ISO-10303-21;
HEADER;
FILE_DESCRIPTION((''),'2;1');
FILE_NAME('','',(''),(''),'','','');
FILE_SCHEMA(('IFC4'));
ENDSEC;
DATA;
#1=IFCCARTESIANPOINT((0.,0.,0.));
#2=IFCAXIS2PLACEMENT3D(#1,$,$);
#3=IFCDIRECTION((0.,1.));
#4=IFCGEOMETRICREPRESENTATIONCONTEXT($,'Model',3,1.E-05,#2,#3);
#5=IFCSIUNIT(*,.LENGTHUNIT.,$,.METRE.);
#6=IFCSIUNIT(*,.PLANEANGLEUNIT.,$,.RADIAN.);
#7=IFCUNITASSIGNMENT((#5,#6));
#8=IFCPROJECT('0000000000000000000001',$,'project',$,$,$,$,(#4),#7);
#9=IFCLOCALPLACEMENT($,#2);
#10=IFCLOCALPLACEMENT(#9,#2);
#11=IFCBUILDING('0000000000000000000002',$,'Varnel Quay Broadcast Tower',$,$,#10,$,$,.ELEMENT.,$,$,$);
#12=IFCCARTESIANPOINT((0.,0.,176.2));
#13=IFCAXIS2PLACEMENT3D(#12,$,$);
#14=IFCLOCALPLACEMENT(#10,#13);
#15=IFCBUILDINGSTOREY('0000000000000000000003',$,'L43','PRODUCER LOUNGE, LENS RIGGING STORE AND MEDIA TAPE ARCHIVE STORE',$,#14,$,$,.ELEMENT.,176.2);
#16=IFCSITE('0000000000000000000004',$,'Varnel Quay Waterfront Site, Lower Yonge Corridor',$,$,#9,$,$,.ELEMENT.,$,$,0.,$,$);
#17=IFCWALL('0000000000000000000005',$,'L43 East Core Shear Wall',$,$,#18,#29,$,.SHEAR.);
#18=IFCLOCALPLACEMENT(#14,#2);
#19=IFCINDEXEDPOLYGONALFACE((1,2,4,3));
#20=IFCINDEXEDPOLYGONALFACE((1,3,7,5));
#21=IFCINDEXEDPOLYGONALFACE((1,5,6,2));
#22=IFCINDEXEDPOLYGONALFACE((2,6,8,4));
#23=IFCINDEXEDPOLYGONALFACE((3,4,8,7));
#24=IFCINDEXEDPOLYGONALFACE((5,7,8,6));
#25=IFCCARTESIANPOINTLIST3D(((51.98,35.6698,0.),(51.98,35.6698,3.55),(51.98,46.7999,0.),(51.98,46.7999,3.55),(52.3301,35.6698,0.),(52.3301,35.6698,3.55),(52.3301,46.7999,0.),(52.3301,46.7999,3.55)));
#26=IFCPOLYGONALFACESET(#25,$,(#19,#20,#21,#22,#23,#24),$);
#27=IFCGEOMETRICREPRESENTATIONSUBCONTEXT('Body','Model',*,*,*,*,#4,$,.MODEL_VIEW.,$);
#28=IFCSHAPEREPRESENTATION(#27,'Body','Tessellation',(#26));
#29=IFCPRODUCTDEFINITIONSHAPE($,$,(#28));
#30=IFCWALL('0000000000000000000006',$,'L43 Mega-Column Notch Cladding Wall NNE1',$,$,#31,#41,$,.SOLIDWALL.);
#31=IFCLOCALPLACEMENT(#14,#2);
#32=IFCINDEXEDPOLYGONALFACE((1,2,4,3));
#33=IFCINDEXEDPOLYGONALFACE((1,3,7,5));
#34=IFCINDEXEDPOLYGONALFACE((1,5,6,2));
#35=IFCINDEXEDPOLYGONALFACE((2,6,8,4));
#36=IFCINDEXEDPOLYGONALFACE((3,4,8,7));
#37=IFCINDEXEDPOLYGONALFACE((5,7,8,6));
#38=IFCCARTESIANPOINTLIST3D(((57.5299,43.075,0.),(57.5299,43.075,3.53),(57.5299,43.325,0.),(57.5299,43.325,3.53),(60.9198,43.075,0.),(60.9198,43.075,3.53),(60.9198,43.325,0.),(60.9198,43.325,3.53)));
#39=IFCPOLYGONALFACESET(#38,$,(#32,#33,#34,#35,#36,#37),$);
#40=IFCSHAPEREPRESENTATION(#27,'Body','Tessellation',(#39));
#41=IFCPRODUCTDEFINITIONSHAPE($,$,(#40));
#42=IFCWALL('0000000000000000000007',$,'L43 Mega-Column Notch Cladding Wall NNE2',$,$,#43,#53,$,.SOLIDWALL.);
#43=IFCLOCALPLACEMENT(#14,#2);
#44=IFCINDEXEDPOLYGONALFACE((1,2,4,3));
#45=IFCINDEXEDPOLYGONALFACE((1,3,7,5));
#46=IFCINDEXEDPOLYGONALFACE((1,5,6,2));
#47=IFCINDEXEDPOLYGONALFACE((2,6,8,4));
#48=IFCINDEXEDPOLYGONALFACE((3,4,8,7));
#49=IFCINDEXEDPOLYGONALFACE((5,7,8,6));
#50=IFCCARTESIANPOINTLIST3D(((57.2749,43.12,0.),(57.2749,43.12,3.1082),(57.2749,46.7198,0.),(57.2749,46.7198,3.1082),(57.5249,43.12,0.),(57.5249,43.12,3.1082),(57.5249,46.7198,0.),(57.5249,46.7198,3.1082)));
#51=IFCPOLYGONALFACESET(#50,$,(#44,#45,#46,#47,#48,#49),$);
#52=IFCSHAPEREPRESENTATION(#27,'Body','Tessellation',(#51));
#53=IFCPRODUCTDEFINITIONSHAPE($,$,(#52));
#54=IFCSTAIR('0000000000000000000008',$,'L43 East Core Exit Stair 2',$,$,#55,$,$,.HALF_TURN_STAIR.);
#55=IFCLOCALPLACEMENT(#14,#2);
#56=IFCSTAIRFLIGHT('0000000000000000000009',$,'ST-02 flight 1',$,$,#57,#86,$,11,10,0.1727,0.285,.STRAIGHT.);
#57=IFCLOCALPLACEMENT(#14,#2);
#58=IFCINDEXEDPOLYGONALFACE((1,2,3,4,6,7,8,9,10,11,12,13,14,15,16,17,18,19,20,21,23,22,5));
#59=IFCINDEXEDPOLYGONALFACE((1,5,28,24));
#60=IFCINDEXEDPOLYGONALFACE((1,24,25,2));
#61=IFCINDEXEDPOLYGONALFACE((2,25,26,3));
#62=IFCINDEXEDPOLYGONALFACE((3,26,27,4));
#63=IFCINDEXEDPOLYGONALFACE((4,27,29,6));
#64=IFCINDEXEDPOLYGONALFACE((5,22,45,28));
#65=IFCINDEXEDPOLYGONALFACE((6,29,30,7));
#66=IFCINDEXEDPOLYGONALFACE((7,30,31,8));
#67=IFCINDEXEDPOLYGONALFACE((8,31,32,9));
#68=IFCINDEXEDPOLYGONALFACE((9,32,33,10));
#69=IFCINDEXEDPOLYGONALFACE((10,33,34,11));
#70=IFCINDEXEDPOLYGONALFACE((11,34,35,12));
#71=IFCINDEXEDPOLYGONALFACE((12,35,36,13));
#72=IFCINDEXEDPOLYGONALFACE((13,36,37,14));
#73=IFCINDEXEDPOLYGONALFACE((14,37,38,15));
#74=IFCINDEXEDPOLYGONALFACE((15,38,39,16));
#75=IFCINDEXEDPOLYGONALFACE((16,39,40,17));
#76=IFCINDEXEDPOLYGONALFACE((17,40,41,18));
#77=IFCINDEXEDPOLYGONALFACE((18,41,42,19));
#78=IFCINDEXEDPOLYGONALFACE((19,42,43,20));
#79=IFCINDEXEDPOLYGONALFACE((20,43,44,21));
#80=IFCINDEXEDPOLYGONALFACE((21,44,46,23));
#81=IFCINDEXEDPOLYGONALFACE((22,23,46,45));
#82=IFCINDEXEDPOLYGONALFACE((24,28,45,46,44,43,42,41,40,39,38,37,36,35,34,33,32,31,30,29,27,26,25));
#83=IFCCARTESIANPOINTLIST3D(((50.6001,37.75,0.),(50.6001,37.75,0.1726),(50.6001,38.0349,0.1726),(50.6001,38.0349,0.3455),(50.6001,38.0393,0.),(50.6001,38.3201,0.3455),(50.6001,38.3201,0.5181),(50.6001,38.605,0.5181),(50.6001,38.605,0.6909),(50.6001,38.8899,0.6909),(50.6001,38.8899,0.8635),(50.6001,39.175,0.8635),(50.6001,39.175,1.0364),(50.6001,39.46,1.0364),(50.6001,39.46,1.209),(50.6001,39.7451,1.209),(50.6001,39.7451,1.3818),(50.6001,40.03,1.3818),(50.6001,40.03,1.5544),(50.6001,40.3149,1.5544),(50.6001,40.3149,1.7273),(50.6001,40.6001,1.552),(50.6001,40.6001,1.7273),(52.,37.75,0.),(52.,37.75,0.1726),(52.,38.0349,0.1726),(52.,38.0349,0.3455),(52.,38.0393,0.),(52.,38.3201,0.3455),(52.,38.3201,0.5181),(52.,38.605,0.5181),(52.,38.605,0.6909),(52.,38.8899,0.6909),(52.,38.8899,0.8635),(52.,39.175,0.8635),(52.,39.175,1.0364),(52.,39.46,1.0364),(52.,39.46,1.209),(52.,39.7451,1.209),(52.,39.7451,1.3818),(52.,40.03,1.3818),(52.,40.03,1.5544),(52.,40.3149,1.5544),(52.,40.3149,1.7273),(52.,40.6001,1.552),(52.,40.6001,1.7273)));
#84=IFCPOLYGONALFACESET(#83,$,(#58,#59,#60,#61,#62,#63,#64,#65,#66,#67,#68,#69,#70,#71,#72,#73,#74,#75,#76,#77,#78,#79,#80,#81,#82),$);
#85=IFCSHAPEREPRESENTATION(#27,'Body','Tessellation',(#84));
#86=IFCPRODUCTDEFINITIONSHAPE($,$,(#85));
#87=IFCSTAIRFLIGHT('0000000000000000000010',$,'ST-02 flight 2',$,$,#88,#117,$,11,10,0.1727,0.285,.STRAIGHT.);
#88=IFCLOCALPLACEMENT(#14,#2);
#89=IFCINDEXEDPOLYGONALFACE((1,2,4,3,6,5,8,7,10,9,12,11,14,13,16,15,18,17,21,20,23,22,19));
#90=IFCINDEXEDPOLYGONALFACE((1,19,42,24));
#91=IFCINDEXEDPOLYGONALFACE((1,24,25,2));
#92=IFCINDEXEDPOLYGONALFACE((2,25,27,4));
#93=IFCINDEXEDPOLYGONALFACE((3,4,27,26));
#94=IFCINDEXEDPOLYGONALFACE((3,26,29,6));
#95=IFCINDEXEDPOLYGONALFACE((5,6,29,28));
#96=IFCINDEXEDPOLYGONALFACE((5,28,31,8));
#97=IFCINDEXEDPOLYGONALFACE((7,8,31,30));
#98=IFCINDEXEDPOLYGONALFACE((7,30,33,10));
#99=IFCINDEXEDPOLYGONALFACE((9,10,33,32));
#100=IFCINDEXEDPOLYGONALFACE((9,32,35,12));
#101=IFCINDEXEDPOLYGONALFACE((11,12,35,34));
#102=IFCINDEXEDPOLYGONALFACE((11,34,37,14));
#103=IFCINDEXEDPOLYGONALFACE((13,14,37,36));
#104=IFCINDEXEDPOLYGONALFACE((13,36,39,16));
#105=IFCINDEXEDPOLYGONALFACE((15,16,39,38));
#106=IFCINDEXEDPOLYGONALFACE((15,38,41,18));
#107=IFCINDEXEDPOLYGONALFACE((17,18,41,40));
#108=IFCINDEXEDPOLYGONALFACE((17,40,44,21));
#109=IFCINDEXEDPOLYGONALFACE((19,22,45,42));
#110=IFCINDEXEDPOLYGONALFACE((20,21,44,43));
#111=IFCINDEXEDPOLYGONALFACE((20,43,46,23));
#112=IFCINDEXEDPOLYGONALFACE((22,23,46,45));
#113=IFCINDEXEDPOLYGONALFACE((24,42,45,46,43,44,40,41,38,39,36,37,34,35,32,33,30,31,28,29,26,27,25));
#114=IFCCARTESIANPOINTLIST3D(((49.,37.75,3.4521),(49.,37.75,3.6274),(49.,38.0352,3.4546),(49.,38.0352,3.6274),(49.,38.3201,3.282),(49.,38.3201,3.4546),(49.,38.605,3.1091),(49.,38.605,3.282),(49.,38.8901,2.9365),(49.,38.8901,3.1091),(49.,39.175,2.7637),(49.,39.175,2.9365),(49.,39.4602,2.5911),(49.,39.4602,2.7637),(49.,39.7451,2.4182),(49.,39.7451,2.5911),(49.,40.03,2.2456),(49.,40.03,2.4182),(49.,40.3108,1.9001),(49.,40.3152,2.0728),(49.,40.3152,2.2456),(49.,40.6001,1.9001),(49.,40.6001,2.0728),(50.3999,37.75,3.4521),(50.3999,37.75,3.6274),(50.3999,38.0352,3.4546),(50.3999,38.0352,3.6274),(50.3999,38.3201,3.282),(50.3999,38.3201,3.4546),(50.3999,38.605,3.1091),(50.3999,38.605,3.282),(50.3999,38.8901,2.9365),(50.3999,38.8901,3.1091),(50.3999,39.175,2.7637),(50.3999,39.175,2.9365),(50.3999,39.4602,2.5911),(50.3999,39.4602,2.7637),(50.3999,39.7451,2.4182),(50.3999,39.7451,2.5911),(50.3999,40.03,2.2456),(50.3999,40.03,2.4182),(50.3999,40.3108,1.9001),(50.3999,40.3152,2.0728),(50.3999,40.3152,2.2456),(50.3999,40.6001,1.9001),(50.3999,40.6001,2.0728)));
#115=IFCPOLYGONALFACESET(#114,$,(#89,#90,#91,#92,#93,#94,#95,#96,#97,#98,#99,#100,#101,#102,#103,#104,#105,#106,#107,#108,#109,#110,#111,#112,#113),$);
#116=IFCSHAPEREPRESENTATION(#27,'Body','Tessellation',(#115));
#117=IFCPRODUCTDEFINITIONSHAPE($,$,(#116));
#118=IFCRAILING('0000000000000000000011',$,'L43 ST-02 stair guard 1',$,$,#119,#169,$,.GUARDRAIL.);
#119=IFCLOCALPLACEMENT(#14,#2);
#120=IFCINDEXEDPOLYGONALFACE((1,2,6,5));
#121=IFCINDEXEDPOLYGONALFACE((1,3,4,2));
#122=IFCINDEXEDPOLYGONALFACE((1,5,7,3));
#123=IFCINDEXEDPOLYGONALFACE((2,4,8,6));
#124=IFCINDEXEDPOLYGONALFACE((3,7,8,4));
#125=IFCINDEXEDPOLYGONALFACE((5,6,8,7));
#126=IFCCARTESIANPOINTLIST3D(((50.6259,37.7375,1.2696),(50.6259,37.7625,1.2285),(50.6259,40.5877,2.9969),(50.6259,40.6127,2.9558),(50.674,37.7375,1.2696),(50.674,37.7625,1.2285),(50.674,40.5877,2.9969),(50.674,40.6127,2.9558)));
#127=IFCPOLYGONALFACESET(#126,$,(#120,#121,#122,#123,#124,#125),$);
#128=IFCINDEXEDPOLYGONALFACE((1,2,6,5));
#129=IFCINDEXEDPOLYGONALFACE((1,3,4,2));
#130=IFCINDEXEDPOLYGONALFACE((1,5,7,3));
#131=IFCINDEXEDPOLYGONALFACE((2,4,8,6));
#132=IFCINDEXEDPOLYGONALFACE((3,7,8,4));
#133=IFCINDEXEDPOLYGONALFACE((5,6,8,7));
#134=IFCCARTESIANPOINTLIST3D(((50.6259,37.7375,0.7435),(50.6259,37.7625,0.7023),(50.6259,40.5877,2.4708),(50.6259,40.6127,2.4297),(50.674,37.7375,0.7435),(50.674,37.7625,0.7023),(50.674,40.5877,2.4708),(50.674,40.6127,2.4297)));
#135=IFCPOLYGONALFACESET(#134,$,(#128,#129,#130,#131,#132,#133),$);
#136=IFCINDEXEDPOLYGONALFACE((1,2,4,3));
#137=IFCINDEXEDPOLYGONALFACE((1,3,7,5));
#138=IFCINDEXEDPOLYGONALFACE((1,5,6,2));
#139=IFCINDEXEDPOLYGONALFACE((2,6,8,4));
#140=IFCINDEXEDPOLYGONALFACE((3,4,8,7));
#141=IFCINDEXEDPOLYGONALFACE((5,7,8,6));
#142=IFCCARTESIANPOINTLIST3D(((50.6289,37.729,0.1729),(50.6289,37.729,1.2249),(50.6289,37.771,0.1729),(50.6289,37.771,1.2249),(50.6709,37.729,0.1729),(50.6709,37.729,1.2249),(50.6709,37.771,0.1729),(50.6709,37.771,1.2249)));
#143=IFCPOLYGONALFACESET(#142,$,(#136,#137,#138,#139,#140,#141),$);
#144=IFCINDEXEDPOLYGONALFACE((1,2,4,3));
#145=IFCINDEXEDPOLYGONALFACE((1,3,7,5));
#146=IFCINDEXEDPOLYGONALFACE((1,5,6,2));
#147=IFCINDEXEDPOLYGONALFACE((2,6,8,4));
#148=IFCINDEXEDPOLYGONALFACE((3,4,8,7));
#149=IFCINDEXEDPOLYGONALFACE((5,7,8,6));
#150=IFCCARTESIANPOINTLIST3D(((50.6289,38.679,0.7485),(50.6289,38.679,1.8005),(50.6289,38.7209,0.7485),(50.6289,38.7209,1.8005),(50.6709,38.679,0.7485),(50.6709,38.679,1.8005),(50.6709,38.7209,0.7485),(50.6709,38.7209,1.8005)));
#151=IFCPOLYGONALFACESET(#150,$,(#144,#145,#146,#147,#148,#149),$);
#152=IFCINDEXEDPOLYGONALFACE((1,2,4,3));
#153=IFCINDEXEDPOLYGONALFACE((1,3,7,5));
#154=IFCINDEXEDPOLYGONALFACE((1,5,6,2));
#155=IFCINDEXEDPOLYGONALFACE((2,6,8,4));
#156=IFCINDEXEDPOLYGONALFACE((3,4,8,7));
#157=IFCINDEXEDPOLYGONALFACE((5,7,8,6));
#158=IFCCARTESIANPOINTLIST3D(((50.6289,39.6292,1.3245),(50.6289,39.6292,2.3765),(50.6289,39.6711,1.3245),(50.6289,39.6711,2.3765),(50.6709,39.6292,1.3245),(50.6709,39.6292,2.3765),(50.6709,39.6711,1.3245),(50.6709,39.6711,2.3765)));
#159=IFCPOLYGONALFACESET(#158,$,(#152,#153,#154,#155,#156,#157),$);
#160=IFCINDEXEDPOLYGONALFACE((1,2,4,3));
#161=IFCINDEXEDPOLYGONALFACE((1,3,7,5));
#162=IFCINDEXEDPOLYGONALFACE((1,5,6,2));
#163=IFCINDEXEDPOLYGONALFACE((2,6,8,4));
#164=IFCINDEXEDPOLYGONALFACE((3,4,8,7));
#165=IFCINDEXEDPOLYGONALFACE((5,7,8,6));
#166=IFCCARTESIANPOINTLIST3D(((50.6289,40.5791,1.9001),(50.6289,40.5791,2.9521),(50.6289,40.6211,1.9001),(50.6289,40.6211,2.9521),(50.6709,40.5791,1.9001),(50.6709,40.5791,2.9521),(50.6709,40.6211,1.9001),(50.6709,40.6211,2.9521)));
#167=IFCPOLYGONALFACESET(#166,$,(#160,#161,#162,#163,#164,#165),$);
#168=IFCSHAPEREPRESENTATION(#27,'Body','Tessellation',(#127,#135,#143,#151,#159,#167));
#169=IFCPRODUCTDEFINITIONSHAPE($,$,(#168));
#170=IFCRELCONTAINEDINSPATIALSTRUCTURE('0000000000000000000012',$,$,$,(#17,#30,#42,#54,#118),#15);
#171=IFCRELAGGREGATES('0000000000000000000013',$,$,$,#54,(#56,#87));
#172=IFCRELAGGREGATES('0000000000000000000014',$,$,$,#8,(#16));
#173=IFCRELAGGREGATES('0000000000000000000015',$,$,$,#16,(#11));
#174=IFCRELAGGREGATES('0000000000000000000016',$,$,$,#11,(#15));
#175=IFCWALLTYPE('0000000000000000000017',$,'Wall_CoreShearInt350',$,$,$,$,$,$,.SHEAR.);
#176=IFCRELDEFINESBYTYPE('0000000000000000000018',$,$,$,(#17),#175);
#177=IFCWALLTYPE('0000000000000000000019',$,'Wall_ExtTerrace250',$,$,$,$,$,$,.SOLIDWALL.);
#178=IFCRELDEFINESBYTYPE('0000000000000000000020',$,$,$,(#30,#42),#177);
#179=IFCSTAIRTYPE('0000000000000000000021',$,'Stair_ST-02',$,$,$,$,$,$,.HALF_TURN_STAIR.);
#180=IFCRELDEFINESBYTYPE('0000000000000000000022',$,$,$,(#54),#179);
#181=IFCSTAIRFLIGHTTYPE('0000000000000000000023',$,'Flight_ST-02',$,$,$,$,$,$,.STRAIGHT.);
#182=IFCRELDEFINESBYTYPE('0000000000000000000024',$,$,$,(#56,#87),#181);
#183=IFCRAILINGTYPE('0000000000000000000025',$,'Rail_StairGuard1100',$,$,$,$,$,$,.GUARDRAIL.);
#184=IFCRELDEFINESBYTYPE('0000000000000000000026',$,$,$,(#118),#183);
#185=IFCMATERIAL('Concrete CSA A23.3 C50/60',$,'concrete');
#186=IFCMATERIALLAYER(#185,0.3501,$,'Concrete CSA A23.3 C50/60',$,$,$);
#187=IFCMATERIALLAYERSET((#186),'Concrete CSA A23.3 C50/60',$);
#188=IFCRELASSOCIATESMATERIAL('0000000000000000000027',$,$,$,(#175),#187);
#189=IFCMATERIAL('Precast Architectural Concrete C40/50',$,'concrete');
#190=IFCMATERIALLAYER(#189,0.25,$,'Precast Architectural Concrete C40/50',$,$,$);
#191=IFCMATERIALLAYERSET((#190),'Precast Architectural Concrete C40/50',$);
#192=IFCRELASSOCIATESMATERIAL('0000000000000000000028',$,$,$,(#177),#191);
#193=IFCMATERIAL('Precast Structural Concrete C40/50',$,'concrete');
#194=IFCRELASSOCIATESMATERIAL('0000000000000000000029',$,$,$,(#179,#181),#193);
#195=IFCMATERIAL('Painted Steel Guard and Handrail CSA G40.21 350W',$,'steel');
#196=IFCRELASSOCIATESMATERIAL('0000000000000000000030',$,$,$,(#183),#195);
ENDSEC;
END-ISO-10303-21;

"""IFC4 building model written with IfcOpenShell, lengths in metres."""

from ifc_helpers import new_model, si_unit, direction, frame, frame_2d, origin, origin_2d, place, context, subcontext, project, spatial, polyline, rectangle, outline, extrude, material, layer, layer_set, type_object, element, aggregate, save


model = new_model("IFC4")

# Units and contexts
model_context = context("Model", 3, precision=1e-05, world=origin(), true_north=direction((0.0, 1.0)))
body_context = subcontext(model_context, "Body", "Model", "MODEL_VIEW")
ifc_project = project(units=[si_unit("LENGTHUNIT", "METRE"), si_unit("PLANEANGLEUNIT", "RADIAN")], contexts=[model_context])

# Site, building, storey
site_placement = place(None, origin())
site = spatial("IfcSite", under=ifc_project, at=site_placement, Name="Varnel Quay Waterfront Site, Lower Yonge Corridor", CompositionType="ELEMENT", RefElevation=0.0)
building_placement = place(site_placement, origin())
building = spatial("IfcBuilding", under=site, at=building_placement, Name="Varnel Quay Broadcast Tower", CompositionType="ELEMENT")
storey_placement = place(building_placement, frame((0.0, 0.0, 176.2)))
storey = spatial("IfcBuildingStorey", under=building, at=storey_placement, Name="L43", Description="PRODUCER LOUNGE, LENS RIGGING STORE AND MEDIA TAPE ARCHIVE STORE", CompositionType="ELEMENT", Elevation=176.2)

# Walls
ifc_material_1 = material(Name="Concrete CSA A23.3 C50/60", Category="concrete")
ifc_layer_1 = layer(ifc_material_1, 0.3501, Name="Concrete CSA A23.3 C50/60")
ifc_layer_set_1 = layer_set([ifc_layer_1], Name="Concrete CSA A23.3 C50/60")
wall_type_1 = type_object("IfcWallType", Name="Wall_CoreShearInt350", PredefinedType="SHEAR", material=ifc_layer_set_1)
wall_1_placement = place(storey_placement, frame((52.155, 35.6699, 0.0), z_axis=(0.0, 0.0, 1.0), x_axis=(0.0, 1.0, 0.0)))
element("IfcWall", 1, at=wall_1_placement, inside=storey, type_object=wall_type_1, Name="L43 East Core Shear Wall", PredefinedType="SHEAR", context=body_context, shape_type="SweptSolid", body=[
    extrude(rectangle(XDim=11.1301, YDim=0.3501, at=frame_2d((5.5649, 0.0))), origin(), (0.0, 0.0, 1.0), 3.55),
])
ifc_material_2 = material(Name="Precast Architectural Concrete C40/50", Category="concrete")
ifc_layer_2 = layer(ifc_material_2, 0.25, Name="Precast Architectural Concrete C40/50")
ifc_layer_set_2 = layer_set([ifc_layer_2], Name="Precast Architectural Concrete C40/50")
wall_type_2 = type_object("IfcWallType", Name="Wall_ExtTerrace250", PredefinedType="SOLIDWALL", material=ifc_layer_set_2)
wall_2_placement = place(storey_placement, frame((57.53, 43.2, 0.0), z_axis=(0.0, 0.0, 1.0), x_axis=(1.0, 0.0, 0.0)))
element("IfcWall", 2, at=wall_2_placement, inside=storey, type_object=wall_type_2, Name="L43 Mega-Column Notch Cladding Wall NNE1", PredefinedType="SOLIDWALL", context=body_context, shape_type="SweptSolid", body=[
    extrude(rectangle(XDim=3.3899, YDim=0.25, at=frame_2d((1.6948, 0.0))), origin(), (0.0, 0.0, 1.0), 3.53),
])
wall_3_placement = place(storey_placement, frame((57.3999, 43.1201, 0.0), z_axis=(0.0, 0.0, 1.0), x_axis=(0.0, 1.0, 0.0)))
element("IfcWall", 3, at=wall_3_placement, inside=storey, type_object=wall_type_2, Name="L43 Mega-Column Notch Cladding Wall NNE2", PredefinedType="SOLIDWALL", context=body_context, shape_type="SweptSolid", body=[
    extrude(rectangle(XDim=3.5999, YDim=0.25, at=frame_2d((1.7998, 0.0))), origin(), (0.0, 0.0, 1.0), 3.1082),
])

# Stair, stair flights
ifc_material_3 = material(Name="Precast Structural Concrete C40/50", Category="concrete")
stair_type = type_object("IfcStairType", Name="Stair_ST-02", PredefinedType="HALF_TURN_STAIR", material=ifc_material_3)
stair_placement = place(storey_placement, origin())
stair = element("IfcStair", 4, at=stair_placement, inside=storey, type_object=stair_type, Name="L43 East Core Exit Stair 2", PredefinedType="HALF_TURN_STAIR")
stair_flight_type = type_object("IfcStairFlightType", Name="Flight_ST-02", PredefinedType="STRAIGHT", material=ifc_material_3)
stair_flight_1_placement = place(storey_placement, frame((51.3, 37.75, 0.0), z_axis=(0.0, 0.0, 1.0), x_axis=(0.0, 1.0, 0.0)))
stair_flight_1 = element("IfcStairFlight", 5, at=stair_flight_1_placement, type_object=stair_flight_type, Name="ST-02 flight 1", NumberOfRisers=11, NumberOfTreads=10, PredefinedType="STRAIGHT", RiserHeight=0.1727, TreadLength=0.285, context=body_context, shape_type="SweptSolid", body=[
    extrude(outline(polyline([(0.0, 0.0), (0.0, 0.1726), (0.2849, 0.1726), (0.2849, 0.3455), (0.5701, 0.3455), (0.5701, 0.5181), (0.855, 0.5181), (0.855, 0.6909), (1.1399, 0.6909), (1.1399, 0.8635), (1.425, 0.8635), (1.425, 1.0364), (1.71, 1.0364), (1.71, 1.209), (1.9951, 1.209), (1.9951, 1.3818), (2.28, 1.3818), (2.28, 1.5544), (2.5649, 1.5544), (2.5649, 1.7273), (2.8501, 1.7273), (2.8501, 1.8999), (2.8501, 1.552), (0.2893, 0.0), (0.0, 0.0)])), frame((0.0, 0.7, 0.0), z_axis=(0.0, -1.0, 0.0), x_axis=(1.0, 0.0, 0.0)), (0.0, 0.0, 1.0), 1.3999),
])
stair_flight_2_placement = place(storey_placement, frame((49.7, 40.6001, 1.9001), z_axis=(0.0, 0.0, 1.0), x_axis=(0.0, -1.0, 0.0)))
stair_flight_2 = element("IfcStairFlight", 6, at=stair_flight_2_placement, type_object=stair_flight_type, Name="ST-02 flight 2", NumberOfRisers=11, NumberOfTreads=10, PredefinedType="STRAIGHT", RiserHeight=0.1727, TreadLength=0.285, context=body_context, shape_type="SweptSolid", body=[
    extrude(outline(polyline([(0.0, 0.0), (0.0, 0.1726), (0.2849, 0.1726), (0.2849, 0.3455), (0.5701, 0.3455), (0.5701, 0.5181), (0.855, 0.5181), (0.855, 0.6909), (1.1399, 0.6909), (1.1399, 0.8635), (1.425, 0.8635), (1.425, 1.0364), (1.71, 1.0364), (1.71, 1.209), (1.9951, 1.209), (1.9951, 1.3818), (2.28, 1.3818), (2.28, 1.5544), (2.5649, 1.5544), (2.5649, 1.7273), (2.8501, 1.7273), (2.8501, 1.8999), (2.8501, 1.552), (0.2893, 0.0), (0.0, 0.0)])), frame((0.0, 0.7, 0.0), z_axis=(0.0, -1.0, 0.0), x_axis=(1.0, 0.0, 0.0)), (0.0, 0.0, 1.0), 1.3999),
])
aggregate(stair, [stair_flight_1, stair_flight_2])

# Railing
ifc_material_4 = material(Name="Painted Steel Guard and Handrail CSA G40.21 350W", Category="steel")
railing_type_1 = type_object("IfcRailingType", Name="Rail_StairGuard1100", PredefinedType="GUARDRAIL", material=ifc_material_4)
railing_1_placement = place(storey_placement, frame((50.6499, 37.75, 0.1729)))
element("IfcRailing", 7, at=railing_1_placement, inside=storey, type_object=railing_type_1, Name="L43 ST-02 stair guard 1", PredefinedType="GUARDRAIL", context=body_context, shape_type="SweptSolid", body=[
    extrude(rectangle(XDim=0.0481, YDim=0.0481, at=origin_2d()), frame((0.0, 0.0, 1.0762), z_axis=(0.0, 0.855203, 0.518294), x_axis=(-1.0, 0.0, 0.0)), (0.0, 0.0, 1.0), 3.3328),
    extrude(rectangle(XDim=0.0481, YDim=0.0481, at=origin_2d()), frame((0.0, 0.0, 0.55), z_axis=(0.0, 0.855203, 0.518294), x_axis=(-1.0, 0.0, 0.0)), (0.0, 0.0, 1.0), 3.3328),
    extrude(rectangle(XDim=0.042, YDim=0.042, at=origin_2d()), origin(), (0.0, 0.0, 1.0), 1.052),
    extrude(rectangle(XDim=0.042, YDim=0.042, at=origin_2d()), frame((0.0, 0.95, 0.5757)), (0.0, 0.0, 1.0), 1.052),
    extrude(rectangle(XDim=0.042, YDim=0.042, at=origin_2d()), frame((0.0, 1.9001, 1.1516)), (0.0, 0.0, 1.0), 1.052),
    extrude(rectangle(XDim=0.042, YDim=0.042, at=origin_2d()), frame((0.0, 2.8501, 1.7273)), (0.0, 0.0, 1.0), 1.052),
])

save(model, "model.ifc")
